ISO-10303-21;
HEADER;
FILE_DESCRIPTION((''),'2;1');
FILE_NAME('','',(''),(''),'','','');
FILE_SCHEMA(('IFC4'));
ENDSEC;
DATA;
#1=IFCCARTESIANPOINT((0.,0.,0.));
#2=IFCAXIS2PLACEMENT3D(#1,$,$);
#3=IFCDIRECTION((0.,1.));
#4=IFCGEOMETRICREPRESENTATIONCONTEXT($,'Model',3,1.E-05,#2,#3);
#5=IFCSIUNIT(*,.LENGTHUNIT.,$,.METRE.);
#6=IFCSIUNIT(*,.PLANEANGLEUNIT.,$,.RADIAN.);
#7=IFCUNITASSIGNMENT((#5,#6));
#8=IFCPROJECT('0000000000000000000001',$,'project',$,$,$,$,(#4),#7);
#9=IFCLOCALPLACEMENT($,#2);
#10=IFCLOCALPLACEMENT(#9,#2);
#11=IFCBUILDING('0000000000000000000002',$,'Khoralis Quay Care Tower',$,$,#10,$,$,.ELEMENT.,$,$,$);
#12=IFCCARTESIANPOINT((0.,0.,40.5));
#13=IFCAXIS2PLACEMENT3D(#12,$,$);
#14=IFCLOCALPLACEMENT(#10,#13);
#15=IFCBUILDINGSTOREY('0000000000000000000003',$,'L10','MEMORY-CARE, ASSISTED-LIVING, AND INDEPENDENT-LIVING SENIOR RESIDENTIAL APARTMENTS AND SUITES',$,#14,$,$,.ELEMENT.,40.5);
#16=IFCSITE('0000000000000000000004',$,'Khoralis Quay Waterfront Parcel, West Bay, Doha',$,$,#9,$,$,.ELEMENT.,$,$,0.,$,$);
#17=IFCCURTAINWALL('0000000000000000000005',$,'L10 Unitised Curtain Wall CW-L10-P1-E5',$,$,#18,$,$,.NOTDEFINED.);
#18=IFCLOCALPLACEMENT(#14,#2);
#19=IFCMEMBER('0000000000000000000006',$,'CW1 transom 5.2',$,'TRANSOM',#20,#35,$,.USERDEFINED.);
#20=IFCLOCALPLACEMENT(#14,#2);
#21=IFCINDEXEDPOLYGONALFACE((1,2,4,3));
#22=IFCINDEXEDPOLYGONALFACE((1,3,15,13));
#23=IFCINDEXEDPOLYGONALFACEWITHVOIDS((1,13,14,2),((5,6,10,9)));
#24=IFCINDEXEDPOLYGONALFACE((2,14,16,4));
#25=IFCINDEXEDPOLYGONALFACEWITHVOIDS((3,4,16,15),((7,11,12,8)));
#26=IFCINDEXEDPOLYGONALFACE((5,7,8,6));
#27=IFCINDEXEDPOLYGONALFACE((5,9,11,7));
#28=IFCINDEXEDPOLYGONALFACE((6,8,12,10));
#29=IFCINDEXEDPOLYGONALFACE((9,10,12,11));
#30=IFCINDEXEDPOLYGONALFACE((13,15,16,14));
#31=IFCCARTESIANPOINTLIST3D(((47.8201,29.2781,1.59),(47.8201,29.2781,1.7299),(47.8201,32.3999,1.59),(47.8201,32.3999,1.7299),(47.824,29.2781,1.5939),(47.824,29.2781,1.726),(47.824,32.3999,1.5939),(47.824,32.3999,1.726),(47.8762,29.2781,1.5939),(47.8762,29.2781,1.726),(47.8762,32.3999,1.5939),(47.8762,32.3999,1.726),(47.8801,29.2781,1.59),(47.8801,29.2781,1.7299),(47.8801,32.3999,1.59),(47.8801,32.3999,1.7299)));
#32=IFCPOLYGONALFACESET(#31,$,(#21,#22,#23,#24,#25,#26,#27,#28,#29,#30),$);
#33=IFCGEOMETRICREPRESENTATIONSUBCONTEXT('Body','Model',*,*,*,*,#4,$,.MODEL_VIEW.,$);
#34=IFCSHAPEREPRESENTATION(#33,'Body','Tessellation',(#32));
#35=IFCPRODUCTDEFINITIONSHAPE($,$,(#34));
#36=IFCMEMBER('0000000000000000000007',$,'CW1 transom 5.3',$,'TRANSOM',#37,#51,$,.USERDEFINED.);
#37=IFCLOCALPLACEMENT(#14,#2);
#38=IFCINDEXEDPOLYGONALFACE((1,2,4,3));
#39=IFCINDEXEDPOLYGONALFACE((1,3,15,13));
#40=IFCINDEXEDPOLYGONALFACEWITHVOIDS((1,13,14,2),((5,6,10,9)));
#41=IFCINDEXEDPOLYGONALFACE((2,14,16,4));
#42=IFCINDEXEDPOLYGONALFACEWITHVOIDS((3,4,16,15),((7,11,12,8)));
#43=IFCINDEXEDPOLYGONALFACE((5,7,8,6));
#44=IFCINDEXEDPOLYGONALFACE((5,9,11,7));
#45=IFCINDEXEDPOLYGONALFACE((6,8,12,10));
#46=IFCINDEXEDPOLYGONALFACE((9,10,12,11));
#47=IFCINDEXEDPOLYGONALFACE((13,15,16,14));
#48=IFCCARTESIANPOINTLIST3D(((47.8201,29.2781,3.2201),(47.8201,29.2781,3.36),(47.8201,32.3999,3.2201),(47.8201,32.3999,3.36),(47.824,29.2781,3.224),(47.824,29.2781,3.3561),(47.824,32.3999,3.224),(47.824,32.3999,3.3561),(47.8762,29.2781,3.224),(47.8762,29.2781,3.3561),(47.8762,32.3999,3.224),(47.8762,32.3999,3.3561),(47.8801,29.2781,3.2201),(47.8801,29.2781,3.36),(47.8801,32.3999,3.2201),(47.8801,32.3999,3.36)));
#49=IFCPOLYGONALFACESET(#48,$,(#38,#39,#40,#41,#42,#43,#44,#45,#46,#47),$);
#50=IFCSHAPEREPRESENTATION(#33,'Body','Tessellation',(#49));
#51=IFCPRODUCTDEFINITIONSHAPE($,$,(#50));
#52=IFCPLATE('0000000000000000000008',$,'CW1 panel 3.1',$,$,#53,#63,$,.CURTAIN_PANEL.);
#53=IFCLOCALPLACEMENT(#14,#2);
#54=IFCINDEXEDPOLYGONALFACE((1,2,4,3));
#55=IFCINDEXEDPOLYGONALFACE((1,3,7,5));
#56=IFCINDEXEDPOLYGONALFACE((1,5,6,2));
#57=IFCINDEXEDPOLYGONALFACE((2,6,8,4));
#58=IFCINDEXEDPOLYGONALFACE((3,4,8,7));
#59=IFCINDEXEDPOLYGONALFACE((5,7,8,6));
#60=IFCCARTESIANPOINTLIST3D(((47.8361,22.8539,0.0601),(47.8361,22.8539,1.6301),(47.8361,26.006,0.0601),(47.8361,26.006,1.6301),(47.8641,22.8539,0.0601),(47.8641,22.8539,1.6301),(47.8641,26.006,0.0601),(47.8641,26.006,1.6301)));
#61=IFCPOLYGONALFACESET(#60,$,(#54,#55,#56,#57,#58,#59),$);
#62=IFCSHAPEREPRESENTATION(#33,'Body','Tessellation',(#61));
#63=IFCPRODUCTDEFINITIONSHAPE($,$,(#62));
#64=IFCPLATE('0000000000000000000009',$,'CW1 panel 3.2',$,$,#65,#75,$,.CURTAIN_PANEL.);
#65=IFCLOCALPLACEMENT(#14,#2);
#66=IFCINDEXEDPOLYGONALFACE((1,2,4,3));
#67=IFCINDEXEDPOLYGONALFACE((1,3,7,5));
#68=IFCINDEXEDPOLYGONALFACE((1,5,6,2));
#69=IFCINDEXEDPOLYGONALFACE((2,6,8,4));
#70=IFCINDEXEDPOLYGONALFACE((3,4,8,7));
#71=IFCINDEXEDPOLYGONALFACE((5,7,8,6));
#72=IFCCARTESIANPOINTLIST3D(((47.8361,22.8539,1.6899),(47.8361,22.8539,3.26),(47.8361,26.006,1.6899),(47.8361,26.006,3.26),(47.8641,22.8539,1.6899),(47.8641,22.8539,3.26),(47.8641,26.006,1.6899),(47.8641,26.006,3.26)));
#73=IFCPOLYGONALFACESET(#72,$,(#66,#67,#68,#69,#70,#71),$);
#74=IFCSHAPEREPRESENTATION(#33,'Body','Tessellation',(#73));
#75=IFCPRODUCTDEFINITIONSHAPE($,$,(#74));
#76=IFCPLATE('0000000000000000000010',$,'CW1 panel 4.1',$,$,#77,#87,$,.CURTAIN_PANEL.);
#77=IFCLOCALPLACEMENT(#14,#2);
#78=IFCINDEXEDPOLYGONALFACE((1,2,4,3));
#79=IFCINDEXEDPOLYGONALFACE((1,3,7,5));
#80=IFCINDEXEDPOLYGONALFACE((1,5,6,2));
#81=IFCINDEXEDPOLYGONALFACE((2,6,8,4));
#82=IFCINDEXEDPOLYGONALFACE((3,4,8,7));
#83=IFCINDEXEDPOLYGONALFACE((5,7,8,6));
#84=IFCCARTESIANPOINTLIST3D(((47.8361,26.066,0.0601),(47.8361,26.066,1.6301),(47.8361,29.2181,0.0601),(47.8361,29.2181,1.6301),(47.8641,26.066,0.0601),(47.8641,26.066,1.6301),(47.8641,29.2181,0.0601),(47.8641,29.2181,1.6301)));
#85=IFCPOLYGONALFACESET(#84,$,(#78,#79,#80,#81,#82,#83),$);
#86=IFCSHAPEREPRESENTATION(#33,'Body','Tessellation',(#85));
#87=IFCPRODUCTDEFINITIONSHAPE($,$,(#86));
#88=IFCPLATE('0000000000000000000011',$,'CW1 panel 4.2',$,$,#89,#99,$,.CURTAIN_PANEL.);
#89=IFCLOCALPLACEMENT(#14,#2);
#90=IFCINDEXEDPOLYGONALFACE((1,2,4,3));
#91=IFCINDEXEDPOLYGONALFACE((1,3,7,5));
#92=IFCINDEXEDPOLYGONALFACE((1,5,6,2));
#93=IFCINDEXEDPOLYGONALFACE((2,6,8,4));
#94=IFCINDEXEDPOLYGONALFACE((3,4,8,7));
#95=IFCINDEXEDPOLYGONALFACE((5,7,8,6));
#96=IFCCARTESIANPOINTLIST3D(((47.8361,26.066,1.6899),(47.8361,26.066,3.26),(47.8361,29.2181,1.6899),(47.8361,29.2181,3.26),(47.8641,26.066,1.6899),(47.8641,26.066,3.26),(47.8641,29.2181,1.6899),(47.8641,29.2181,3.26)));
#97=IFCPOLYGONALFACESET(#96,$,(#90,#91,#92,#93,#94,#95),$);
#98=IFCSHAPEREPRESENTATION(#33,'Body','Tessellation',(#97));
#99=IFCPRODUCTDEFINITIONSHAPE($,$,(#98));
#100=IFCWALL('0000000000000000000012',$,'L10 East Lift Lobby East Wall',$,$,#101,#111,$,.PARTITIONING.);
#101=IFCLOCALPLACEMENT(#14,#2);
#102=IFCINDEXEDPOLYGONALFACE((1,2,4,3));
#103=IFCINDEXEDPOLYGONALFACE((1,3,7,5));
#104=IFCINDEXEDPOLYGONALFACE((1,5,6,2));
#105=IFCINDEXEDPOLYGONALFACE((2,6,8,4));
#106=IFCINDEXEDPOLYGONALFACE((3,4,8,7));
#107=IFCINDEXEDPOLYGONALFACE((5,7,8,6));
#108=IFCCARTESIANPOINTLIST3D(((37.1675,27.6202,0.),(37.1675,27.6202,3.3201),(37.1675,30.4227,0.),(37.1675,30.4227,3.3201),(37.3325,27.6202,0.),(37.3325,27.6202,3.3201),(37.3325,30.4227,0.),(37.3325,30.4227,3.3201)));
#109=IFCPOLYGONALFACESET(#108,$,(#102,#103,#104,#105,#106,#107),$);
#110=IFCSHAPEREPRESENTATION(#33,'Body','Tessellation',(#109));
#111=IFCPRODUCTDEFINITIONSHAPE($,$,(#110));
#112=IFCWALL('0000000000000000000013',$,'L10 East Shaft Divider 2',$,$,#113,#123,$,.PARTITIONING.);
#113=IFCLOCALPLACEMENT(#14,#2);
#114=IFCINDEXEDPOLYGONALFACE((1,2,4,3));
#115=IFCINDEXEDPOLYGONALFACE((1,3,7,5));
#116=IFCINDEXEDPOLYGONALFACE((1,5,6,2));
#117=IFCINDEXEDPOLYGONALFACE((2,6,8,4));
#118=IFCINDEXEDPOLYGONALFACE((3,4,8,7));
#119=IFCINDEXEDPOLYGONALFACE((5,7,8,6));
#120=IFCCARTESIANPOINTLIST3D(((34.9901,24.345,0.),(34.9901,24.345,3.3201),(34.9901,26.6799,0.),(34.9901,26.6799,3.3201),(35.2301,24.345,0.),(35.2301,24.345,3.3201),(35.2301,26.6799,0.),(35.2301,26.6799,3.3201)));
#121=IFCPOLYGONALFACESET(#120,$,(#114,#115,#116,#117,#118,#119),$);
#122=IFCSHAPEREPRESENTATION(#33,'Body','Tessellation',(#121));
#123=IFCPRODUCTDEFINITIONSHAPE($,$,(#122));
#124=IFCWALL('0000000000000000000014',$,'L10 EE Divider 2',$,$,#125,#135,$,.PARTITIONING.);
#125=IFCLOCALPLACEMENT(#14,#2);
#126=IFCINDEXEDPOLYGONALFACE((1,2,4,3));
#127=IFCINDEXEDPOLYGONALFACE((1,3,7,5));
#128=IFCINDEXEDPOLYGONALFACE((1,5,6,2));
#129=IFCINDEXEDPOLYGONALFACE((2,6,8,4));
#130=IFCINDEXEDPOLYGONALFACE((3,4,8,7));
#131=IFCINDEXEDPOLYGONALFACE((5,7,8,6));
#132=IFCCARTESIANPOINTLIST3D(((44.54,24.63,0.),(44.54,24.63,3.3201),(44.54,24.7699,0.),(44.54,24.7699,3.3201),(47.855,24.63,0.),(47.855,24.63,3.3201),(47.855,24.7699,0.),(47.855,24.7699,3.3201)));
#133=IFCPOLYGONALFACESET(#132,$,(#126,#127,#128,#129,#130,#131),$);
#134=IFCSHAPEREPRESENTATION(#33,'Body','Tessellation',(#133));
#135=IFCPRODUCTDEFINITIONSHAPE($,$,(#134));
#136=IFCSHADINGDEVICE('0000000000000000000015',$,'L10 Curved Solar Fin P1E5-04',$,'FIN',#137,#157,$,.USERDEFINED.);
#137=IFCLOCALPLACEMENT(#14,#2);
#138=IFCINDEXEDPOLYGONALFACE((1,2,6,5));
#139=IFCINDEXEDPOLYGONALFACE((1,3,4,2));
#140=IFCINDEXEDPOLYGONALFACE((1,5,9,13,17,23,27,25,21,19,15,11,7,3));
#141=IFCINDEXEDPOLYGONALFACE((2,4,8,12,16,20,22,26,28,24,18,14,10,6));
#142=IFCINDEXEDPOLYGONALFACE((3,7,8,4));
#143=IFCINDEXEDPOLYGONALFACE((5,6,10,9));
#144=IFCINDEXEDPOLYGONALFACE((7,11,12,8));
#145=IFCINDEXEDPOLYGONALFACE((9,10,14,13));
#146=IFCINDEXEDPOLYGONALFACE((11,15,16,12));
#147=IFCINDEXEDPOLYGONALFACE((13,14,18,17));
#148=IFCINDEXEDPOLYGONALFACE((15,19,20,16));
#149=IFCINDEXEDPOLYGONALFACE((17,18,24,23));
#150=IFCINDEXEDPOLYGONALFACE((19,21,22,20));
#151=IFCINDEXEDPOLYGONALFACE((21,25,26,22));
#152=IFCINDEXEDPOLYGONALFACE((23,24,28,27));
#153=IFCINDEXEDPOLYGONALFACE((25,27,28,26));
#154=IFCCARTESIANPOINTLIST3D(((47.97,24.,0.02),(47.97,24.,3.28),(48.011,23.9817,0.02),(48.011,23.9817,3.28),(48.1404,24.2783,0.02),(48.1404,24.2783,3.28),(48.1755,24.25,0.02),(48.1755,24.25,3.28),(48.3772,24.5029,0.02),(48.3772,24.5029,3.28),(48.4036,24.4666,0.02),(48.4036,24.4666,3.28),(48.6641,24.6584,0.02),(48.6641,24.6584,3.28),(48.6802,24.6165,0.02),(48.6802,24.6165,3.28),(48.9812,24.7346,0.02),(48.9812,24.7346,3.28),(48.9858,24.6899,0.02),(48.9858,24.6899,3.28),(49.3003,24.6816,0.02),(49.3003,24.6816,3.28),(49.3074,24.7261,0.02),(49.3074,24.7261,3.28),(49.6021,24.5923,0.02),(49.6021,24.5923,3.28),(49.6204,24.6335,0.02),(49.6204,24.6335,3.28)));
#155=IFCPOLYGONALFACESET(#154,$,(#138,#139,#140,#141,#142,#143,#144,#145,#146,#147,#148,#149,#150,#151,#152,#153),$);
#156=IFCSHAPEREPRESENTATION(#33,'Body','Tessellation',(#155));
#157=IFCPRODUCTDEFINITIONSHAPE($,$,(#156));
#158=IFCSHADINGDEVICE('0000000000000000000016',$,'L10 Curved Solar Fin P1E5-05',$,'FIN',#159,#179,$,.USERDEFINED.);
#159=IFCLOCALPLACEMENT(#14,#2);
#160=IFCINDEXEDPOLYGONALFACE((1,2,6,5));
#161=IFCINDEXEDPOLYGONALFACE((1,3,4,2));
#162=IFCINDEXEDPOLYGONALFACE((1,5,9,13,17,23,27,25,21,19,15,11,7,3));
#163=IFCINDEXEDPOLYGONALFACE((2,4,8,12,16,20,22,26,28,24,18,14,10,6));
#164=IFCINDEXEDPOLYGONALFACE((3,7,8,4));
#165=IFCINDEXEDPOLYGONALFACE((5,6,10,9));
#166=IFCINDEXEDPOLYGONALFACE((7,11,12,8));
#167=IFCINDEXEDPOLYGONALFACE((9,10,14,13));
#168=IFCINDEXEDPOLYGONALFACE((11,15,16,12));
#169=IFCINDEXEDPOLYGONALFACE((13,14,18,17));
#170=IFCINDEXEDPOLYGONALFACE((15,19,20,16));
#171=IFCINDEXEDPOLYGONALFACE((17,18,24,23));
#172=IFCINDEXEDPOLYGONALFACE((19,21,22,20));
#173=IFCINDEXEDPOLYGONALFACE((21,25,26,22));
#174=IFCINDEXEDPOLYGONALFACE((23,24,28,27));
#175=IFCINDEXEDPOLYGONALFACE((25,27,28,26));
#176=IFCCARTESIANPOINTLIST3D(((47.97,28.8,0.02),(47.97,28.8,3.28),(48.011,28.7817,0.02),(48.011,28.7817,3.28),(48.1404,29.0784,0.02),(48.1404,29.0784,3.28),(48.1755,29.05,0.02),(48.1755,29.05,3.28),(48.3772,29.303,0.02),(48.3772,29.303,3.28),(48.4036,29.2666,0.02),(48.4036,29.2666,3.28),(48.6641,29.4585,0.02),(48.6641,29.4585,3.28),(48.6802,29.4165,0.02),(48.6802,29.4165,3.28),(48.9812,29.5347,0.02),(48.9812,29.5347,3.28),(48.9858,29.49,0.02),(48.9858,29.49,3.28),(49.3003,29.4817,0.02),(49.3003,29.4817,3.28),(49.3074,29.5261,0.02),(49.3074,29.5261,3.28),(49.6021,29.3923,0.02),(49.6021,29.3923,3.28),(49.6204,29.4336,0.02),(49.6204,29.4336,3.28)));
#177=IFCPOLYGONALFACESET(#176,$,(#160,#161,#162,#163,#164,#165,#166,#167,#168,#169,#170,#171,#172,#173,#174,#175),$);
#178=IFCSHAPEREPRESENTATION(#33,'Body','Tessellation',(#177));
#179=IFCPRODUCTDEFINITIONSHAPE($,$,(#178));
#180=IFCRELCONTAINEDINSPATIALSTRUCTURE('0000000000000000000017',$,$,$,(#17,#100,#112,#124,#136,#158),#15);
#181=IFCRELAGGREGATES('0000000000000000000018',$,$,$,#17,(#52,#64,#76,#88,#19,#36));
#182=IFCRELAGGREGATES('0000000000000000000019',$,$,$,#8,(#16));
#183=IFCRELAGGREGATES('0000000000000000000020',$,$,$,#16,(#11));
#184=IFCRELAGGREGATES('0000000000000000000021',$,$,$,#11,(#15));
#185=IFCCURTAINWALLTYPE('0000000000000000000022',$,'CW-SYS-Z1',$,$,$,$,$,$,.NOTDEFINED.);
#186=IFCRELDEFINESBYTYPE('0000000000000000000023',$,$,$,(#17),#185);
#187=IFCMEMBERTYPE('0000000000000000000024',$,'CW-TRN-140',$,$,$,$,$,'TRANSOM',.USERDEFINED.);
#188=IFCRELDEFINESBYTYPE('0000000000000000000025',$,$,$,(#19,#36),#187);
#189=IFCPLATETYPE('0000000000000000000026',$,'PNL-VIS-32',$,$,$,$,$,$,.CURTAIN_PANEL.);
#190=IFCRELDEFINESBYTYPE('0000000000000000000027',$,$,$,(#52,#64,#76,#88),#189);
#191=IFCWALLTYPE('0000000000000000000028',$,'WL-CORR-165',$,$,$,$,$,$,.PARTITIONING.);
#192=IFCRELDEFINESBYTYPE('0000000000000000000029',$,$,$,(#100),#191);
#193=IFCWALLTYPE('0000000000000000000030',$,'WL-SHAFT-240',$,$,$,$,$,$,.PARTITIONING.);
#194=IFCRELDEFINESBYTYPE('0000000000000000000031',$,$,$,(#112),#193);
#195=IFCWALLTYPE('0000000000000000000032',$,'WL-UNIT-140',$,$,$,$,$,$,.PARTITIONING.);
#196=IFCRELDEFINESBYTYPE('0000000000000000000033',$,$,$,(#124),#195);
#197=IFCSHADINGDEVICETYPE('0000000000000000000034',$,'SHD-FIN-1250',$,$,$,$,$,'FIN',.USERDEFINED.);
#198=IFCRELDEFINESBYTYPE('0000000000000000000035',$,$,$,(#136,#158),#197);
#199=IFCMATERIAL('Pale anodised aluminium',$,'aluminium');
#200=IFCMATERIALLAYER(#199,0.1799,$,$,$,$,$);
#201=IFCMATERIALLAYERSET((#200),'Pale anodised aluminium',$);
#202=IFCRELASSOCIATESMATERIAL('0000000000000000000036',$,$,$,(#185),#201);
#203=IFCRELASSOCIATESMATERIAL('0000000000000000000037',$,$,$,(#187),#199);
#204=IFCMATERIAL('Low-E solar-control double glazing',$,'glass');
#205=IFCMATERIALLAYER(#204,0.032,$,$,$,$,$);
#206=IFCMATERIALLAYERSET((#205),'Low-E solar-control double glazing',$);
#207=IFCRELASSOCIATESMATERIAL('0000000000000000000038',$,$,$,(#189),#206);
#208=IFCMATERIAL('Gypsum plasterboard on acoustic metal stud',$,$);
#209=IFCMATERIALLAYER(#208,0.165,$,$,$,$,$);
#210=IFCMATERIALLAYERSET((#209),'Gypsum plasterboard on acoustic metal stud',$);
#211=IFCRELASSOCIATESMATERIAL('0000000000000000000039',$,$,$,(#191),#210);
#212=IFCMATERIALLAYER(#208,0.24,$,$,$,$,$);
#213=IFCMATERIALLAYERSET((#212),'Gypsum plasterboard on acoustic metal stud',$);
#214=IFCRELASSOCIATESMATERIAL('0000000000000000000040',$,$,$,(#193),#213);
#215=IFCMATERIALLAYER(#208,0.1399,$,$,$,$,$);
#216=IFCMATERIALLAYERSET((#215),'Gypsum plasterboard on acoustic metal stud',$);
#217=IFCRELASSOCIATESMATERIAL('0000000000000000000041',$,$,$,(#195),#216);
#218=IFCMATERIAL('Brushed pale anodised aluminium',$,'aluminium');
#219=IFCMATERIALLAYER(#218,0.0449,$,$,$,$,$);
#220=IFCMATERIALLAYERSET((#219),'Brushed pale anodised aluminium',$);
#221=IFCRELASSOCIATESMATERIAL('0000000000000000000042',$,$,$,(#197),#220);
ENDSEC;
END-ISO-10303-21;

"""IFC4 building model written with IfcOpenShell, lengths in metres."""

from ifc_helpers import new_model, si_unit, direction, frame, frame_2d, origin, origin_2d, place, context, subcontext, project, spatial, polyline, rectangle, hollow_rectangle, outline, extrude, source, transform, mapped, material, layer, layer_set, material_profile, profile_set, type_object, element, aggregate, save


model = new_model("IFC4")

# Units and contexts
model_context = context("Model", 3, precision=1e-05, world=origin(), true_north=direction((0.0, 1.0)))
body_context = subcontext(model_context, "Body", "Model", "MODEL_VIEW")
ifc_project = project(units=[si_unit("LENGTHUNIT", "METRE"), si_unit("PLANEANGLEUNIT", "RADIAN")], contexts=[model_context])

# Site, building, storey
site_placement = place(None, origin())
site = spatial("IfcSite", under=ifc_project, at=site_placement, Name="Khoralis Quay Waterfront Parcel, West Bay, Doha", CompositionType="ELEMENT", RefElevation=0.0)
building_placement = place(site_placement, origin())
building = spatial("IfcBuilding", under=site, at=building_placement, Name="Khoralis Quay Care Tower", CompositionType="ELEMENT")
storey_placement = place(building_placement, frame((0.0, 0.0, 40.5)))
storey = spatial("IfcBuildingStorey", under=building, at=storey_placement, Name="L10", Description="MEMORY-CARE, ASSISTED-LIVING, AND INDEPENDENT-LIVING SENIOR RESIDENTIAL APARTMENTS AND SUITES", CompositionType="ELEMENT", Elevation=40.5)

# Curtain wall, members, plates
ifc_material_1 = material(Name="Pale anodised aluminium", Category="aluminium")
ifc_layer_1 = layer(ifc_material_1, 0.1799)
ifc_layer_set_1 = layer_set([ifc_layer_1], Name="Pale anodised aluminium")
curtain_wall_type = type_object("IfcCurtainWallType", Name="CW-SYS-Z1", PredefinedType="NOTDEFINED", material=ifc_layer_set_1)
curtain_wall_placement = place(storey_placement, origin())
curtain_wall = element("IfcCurtainWall", 1, at=curtain_wall_placement, inside=storey, type_object=curtain_wall_type, Name="L10 Unitised Curtain Wall CW-L10-P1-E5", PredefinedType="NOTDEFINED")
ifc_material_profile_1 = material_profile(ifc_material_1, hollow_rectangle(XDim=0.0601, YDim=0.1399, WallThickness=0.0039, at=origin_2d()), Name="Pale anodised aluminium")
ifc_profile_set_1 = profile_set([ifc_material_profile_1], Name="Pale anodised aluminium")
member_type_1 = type_object("IfcMemberType", Name="CW-TRN-140", ElementType="TRANSOM", PredefinedType="USERDEFINED", material=ifc_profile_set_1)
shared_shape_1 = source(origin(), body_context, "Body", "SweptSolid", [
    extrude(hollow_rectangle(XDim=0.0601, YDim=0.1399, WallThickness=0.0039, at=origin_2d()), origin(), (0.0, 0.0, 1.0), 3.1218),
])
member_1_placement = place(storey_placement, frame((47.8501, 29.2781, 1.6599), z_axis=(0.0, 1.0, 0.0), x_axis=(-1.0, 0.0, 0.0)))
member_1 = element("IfcMember", 2, at=member_1_placement, type_object=member_type_1, Name="CW1 transom 5.2", ObjectType="TRANSOM", PredefinedType="USERDEFINED", context=body_context, shape_type="MappedRepresentation", body=[
    mapped(shared_shape_1, transform((0.0, 0.0, 0.0), scale=1.0)),
])
member_2_placement = place(storey_placement, frame((47.8501, 29.2781, 3.29), z_axis=(0.0, 1.0, 0.0), x_axis=(-1.0, 0.0, 0.0)))
member_2 = element("IfcMember", 3, at=member_2_placement, type_object=member_type_1, Name="CW1 transom 5.3", ObjectType="TRANSOM", PredefinedType="USERDEFINED", context=body_context, shape_type="MappedRepresentation", body=[
    mapped(shared_shape_1, transform((0.0, 0.0, 0.0), scale=1.0)),
])
ifc_material_2 = material(Name="Low-E solar-control double glazing", Category="glass")
ifc_layer_2 = layer(ifc_material_2, 0.032)
ifc_layer_set_2 = layer_set([ifc_layer_2], Name="Low-E solar-control double glazing")
plate_type = type_object("IfcPlateType", Name="PNL-VIS-32", PredefinedType="CURTAIN_PANEL", material=ifc_layer_set_2)
shared_shape_2 = source(origin(), body_context, "Body", "SweptSolid", [
    extrude(rectangle(XDim=3.1521, YDim=0.0281, at=origin_2d()), origin(), (0.0, 0.0, 1.0), 1.5701),
])
plate_1_placement = place(storey_placement, frame((47.8501, 24.4299, 0.0601), z_axis=(0.0, 0.0, 1.0), x_axis=(0.0, 1.0, 0.0)))
plate_1 = element("IfcPlate", 4, at=plate_1_placement, type_object=plate_type, Name="CW1 panel 3.1", PredefinedType="CURTAIN_PANEL", context=body_context, shape_type="MappedRepresentation", body=[
    mapped(shared_shape_2, transform((0.0, 0.0, 0.0), scale=1.0)),
])
plate_2_placement = place(storey_placement, frame((47.8501, 24.4299, 1.6899), z_axis=(0.0, 0.0, 1.0), x_axis=(0.0, 1.0, 0.0)))
plate_2 = element("IfcPlate", 5, at=plate_2_placement, type_object=plate_type, Name="CW1 panel 3.2", PredefinedType="CURTAIN_PANEL", context=body_context, shape_type="MappedRepresentation", body=[
    mapped(shared_shape_2, transform((0.0, 0.0, 0.0), scale=1.0)),
])
plate_3_placement = place(storey_placement, frame((47.8501, 27.6421, 0.0601), z_axis=(0.0, 0.0, 1.0), x_axis=(0.0, 1.0, 0.0)))
plate_3 = element("IfcPlate", 6, at=plate_3_placement, type_object=plate_type, Name="CW1 panel 4.1", PredefinedType="CURTAIN_PANEL", context=body_context, shape_type="MappedRepresentation", body=[
    mapped(shared_shape_2, transform((0.0, 0.0, 0.0), scale=1.0)),
])
plate_4_placement = place(storey_placement, frame((47.8501, 27.6421, 1.6899), z_axis=(0.0, 0.0, 1.0), x_axis=(0.0, 1.0, 0.0)))
plate_4 = element("IfcPlate", 7, at=plate_4_placement, type_object=plate_type, Name="CW1 panel 4.2", PredefinedType="CURTAIN_PANEL", context=body_context, shape_type="MappedRepresentation", body=[
    mapped(shared_shape_2, transform((0.0, 0.0, 0.0), scale=1.0)),
])
aggregate(curtain_wall, [plate_1, plate_2, plate_3, plate_4, member_1, member_2])

# Walls
ifc_material_3 = material(Name="Gypsum plasterboard on acoustic metal stud")
ifc_layer_3 = layer(ifc_material_3, 0.165)
ifc_layer_set_3 = layer_set([ifc_layer_3], Name="Gypsum plasterboard on acoustic metal stud")
wall_type_1 = type_object("IfcWallType", Name="WL-CORR-165", PredefinedType="PARTITIONING", material=ifc_layer_set_3)
wall_1_placement = place(storey_placement, frame((37.25, 27.6201, 0.0), z_axis=(0.0, 0.0, 1.0), x_axis=(0.0, 1.0, 0.0)))
element("IfcWall", 8, at=wall_1_placement, inside=storey, type_object=wall_type_1, Name="L10 East Lift Lobby East Wall", PredefinedType="PARTITIONING", context=body_context, shape_type="SweptSolid", body=[
    extrude(rectangle(XDim=2.8025, YDim=0.165, at=frame_2d((1.4014, 0.0))), origin(), (0.0, 0.0, 1.0), 3.3201),
])
ifc_layer_4 = layer(ifc_material_3, 0.24)
ifc_layer_set_4 = layer_set([ifc_layer_4], Name="Gypsum plasterboard on acoustic metal stud")
wall_type_2 = type_object("IfcWallType", Name="WL-SHAFT-240", PredefinedType="PARTITIONING", material=ifc_layer_set_4)
wall_2_placement = place(storey_placement, frame((35.1101, 24.345, 0.0), z_axis=(0.0, 0.0, 1.0), x_axis=(0.0, 1.0, 0.0)))
element("IfcWall", 9, at=wall_2_placement, inside=storey, type_object=wall_type_2, Name="L10 East Shaft Divider 2", PredefinedType="PARTITIONING", context=body_context, shape_type="SweptSolid", body=[
    extrude(rectangle(XDim=2.335, YDim=0.24, at=frame_2d((1.1675, 0.0))), origin(), (0.0, 0.0, 1.0), 3.3201),
])
ifc_layer_5 = layer(ifc_material_3, 0.1399)
ifc_layer_set_5 = layer_set([ifc_layer_5], Name="Gypsum plasterboard on acoustic metal stud")
wall_type_3 = type_object("IfcWallType", Name="WL-UNIT-140", PredefinedType="PARTITIONING", material=ifc_layer_set_5)
wall_3_placement = place(storey_placement, frame((44.54, 24.7, 0.0), z_axis=(0.0, 0.0, 1.0), x_axis=(1.0, 0.0, 0.0)))
element("IfcWall", 10, at=wall_3_placement, inside=storey, type_object=wall_type_3, Name="L10 EE Divider 2", PredefinedType="PARTITIONING", context=body_context, shape_type="SweptSolid", body=[
    extrude(rectangle(XDim=3.3149, YDim=0.1399, at=frame_2d((1.6575, 0.0))), origin(), (0.0, 0.0, 1.0), 3.3201),
])

# Shading devices
ifc_material_4 = material(Name="Brushed pale anodised aluminium", Category="aluminium")
ifc_layer_6 = layer(ifc_material_4, 0.0449)
ifc_layer_set_6 = layer_set([ifc_layer_6], Name="Brushed pale anodised aluminium")
shading_device_type = type_object("IfcShadingDeviceType", Name="SHD-FIN-1250", ElementType="FIN", PredefinedType="USERDEFINED", material=ifc_layer_set_6)
shared_shape_3 = source(origin(), body_context, "Body", "SweptSolid", [
    extrude(outline(polyline([(0.0, 0.0), (0.1704, 0.2783), (0.4072, 0.5029), (0.6941, 0.6584), (1.0112, 0.7346), (1.3374, 0.7261), (1.6504, 0.6335), (1.6321, 0.5923), (1.3303, 0.6816), (1.0159, 0.6899), (0.7102, 0.6165), (0.4336, 0.4666), (0.2056, 0.25), (0.041, -0.0183), (0.0, 0.0)])), origin(), (0.0, 0.0, 1.0), 3.26),
])
for number, where, z_axis, x_axis, name in (
    (11, (47.97, 24.0, 0.02), (0.0, 0.0, 1.0), (1.0, 0.0, 0.0), "L10 Curved Solar Fin P1E5-04"),
    (12, (47.97, 28.8, 0.02), (0.0, 0.0, 1.0), (1.0, 0.0, 0.0), "L10 Curved Solar Fin P1E5-05"),
):
    element("IfcShadingDevice", number, at=place(storey_placement, frame(where, z_axis=z_axis, x_axis=x_axis)), inside=storey, type_object=shading_device_type, Name=name, ObjectType="FIN", PredefinedType="USERDEFINED", context=body_context, shape_type="MappedRepresentation", body=[
        mapped(shared_shape_3, transform((0.0, 0.0, 0.0), scale=1.0)),
    ])

save(model, "model.ifc")
